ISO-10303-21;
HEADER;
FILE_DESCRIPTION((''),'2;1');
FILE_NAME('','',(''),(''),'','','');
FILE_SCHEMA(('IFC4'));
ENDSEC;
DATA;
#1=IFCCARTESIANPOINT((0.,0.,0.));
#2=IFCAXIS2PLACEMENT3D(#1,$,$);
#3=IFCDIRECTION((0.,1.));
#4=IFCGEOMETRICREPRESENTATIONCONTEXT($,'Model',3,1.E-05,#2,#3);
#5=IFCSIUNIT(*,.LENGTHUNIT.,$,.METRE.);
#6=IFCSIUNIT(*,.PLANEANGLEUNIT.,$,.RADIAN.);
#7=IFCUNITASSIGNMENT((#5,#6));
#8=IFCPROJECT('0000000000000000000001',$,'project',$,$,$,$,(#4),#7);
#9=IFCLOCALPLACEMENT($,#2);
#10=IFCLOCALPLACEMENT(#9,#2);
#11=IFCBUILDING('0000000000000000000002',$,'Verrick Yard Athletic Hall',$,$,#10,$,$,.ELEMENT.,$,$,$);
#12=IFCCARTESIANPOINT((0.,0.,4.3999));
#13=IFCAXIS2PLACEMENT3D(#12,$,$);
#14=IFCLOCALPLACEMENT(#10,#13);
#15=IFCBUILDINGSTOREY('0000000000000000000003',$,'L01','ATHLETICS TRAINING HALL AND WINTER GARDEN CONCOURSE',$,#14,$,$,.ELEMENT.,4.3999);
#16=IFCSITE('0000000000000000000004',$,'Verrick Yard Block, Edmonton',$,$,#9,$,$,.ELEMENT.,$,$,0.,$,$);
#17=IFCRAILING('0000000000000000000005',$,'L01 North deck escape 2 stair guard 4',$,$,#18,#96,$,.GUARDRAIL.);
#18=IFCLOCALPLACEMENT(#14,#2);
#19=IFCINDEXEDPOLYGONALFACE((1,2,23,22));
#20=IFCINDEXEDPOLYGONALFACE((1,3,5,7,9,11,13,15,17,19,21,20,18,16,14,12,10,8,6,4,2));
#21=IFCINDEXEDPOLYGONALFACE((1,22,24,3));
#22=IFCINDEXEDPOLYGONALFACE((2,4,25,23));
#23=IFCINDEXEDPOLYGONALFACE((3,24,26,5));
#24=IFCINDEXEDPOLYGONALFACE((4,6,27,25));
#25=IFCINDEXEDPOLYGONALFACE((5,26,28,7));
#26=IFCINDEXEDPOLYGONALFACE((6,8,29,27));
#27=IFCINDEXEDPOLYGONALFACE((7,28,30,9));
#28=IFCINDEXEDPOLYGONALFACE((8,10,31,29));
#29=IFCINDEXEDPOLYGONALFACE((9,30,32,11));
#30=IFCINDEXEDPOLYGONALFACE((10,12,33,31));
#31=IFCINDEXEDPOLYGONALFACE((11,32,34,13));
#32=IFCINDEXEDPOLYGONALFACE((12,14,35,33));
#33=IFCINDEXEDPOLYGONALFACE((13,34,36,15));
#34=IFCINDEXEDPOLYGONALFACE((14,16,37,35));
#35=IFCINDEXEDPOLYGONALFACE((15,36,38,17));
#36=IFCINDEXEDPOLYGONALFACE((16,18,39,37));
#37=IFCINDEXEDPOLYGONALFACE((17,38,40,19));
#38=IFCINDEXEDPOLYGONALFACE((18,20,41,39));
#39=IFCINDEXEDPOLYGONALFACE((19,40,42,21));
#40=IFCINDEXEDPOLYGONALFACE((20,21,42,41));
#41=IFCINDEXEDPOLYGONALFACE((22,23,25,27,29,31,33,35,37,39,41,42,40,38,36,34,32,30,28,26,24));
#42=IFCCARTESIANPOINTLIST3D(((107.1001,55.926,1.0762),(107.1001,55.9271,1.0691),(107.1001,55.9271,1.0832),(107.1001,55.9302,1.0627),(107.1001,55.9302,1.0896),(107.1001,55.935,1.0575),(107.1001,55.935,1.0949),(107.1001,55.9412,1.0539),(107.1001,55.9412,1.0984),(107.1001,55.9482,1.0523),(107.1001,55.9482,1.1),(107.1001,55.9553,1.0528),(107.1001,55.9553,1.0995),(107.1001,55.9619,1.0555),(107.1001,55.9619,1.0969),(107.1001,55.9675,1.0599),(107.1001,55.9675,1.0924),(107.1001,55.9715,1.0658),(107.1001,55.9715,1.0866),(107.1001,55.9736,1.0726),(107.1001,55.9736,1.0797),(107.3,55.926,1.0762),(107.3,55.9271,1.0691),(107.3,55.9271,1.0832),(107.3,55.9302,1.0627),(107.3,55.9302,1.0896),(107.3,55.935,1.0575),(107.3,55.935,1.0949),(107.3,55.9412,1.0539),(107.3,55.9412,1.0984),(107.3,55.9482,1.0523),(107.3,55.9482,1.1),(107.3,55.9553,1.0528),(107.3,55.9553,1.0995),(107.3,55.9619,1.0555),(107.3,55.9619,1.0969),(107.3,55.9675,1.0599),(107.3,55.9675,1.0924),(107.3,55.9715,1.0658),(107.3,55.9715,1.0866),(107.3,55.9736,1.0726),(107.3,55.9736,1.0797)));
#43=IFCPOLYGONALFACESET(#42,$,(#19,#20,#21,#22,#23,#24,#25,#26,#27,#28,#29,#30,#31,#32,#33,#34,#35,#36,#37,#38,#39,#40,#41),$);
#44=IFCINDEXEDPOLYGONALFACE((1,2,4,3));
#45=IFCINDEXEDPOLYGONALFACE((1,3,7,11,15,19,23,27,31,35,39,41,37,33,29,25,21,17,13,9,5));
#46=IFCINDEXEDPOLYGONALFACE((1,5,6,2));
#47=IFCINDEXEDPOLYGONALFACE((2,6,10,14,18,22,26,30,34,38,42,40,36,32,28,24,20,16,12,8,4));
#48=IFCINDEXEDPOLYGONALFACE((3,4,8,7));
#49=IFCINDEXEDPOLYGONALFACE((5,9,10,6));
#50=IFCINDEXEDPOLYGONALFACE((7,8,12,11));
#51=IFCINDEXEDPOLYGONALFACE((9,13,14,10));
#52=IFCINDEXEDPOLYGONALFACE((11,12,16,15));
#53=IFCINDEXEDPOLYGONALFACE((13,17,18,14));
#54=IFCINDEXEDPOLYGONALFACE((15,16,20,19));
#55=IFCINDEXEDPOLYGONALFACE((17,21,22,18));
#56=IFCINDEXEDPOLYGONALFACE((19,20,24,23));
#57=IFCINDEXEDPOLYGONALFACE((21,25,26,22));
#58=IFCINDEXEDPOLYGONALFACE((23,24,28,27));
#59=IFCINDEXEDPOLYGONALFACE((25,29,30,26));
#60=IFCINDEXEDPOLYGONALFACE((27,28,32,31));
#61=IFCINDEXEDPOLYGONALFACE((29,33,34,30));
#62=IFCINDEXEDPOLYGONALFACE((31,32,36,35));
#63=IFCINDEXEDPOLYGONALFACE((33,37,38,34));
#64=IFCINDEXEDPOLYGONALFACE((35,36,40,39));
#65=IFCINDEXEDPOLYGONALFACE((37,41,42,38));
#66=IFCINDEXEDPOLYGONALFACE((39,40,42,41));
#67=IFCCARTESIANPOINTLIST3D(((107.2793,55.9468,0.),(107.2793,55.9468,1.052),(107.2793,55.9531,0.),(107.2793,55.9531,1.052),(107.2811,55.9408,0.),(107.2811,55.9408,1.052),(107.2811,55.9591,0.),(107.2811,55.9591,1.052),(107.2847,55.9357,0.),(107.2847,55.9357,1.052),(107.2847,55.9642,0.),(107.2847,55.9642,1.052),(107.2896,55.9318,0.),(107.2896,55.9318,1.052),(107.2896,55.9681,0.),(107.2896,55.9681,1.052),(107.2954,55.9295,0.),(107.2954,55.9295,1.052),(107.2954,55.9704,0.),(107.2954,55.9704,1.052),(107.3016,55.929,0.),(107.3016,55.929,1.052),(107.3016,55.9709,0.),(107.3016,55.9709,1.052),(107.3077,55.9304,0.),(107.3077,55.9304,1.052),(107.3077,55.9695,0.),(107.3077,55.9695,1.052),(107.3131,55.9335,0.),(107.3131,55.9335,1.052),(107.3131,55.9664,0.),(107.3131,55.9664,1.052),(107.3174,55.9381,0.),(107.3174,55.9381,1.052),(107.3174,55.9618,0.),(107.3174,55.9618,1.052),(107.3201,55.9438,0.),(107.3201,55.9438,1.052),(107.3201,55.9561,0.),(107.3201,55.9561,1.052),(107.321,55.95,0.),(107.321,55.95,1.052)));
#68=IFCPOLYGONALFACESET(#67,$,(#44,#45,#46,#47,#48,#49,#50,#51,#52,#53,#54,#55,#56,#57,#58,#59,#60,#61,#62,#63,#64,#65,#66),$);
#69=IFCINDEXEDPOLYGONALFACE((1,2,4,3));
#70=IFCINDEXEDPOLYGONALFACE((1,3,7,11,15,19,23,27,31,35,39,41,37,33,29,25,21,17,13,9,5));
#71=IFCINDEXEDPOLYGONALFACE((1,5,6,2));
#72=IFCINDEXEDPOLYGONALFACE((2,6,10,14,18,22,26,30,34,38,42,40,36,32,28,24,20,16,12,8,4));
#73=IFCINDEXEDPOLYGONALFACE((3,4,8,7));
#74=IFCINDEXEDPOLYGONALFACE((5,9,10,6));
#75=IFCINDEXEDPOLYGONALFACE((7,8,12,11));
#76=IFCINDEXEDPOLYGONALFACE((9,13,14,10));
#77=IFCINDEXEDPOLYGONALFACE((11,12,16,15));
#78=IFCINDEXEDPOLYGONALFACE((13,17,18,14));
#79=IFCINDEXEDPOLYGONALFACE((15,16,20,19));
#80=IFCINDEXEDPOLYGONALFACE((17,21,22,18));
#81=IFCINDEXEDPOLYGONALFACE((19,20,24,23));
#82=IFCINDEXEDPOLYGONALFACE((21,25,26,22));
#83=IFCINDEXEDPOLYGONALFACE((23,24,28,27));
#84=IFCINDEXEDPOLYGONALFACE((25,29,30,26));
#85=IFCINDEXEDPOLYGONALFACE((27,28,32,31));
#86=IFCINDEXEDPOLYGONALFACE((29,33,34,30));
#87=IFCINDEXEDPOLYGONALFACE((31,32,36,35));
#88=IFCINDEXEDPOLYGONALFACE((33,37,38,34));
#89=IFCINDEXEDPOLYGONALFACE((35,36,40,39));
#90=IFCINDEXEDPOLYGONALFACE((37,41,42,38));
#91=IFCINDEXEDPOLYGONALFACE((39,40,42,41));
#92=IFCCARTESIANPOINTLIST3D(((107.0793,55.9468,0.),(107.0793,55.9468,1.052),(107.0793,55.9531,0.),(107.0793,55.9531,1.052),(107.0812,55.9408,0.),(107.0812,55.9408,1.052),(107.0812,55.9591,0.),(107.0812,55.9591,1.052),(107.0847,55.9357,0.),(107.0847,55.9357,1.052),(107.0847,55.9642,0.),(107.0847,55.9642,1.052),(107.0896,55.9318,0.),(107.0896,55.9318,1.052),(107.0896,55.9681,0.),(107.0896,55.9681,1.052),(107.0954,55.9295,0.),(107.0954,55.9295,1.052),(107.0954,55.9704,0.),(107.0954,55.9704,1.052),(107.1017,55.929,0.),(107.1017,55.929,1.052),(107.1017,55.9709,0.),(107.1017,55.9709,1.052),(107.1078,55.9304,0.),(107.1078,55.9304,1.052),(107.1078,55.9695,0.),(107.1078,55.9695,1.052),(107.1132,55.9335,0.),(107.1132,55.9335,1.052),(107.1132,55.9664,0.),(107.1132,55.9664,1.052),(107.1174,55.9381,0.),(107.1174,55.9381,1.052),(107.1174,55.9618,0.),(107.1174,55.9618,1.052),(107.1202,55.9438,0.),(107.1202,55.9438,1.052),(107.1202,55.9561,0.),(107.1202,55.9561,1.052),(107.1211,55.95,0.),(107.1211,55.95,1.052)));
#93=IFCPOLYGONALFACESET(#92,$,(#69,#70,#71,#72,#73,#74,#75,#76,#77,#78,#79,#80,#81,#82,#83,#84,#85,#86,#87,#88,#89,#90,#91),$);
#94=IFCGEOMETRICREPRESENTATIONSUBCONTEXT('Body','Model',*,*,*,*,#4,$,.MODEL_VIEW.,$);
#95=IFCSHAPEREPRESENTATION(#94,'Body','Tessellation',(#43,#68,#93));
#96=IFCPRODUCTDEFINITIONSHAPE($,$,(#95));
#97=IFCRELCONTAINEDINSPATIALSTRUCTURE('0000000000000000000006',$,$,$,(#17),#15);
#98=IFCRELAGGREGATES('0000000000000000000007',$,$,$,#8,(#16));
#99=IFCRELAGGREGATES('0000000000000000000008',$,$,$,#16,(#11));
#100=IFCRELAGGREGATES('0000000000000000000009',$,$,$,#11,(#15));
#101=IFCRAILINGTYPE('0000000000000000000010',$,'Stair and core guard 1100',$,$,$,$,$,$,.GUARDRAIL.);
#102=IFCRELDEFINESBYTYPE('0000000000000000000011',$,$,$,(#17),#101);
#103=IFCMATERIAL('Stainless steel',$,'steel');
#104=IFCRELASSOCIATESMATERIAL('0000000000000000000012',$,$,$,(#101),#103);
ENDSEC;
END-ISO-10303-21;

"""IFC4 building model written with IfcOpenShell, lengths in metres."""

from ifc_helpers import new_model, si_unit, direction, frame, origin, origin_2d, place, context, subcontext, project, spatial, circle, extrude, material, type_object, element, save


model = new_model("IFC4")

# Units and contexts
model_context = context("Model", 3, precision=1e-05, world=origin(), true_north=direction((0.0, 1.0)))
body_context = subcontext(model_context, "Body", "Model", "MODEL_VIEW")
ifc_project = project(units=[si_unit("LENGTHUNIT", "METRE"), si_unit("PLANEANGLEUNIT", "RADIAN")], contexts=[model_context])

# Site, building, storey
site_placement = place(None, origin())
site = spatial("IfcSite", under=ifc_project, at=site_placement, Name="Verrick Yard Block, Edmonton", CompositionType="ELEMENT", RefElevation=0.0)
building_placement = place(site_placement, origin())
building = spatial("IfcBuilding", under=site, at=building_placement, Name="Verrick Yard Athletic Hall", CompositionType="ELEMENT")
storey_placement = place(building_placement, frame((0.0, 0.0, 4.3999)))
storey = spatial("IfcBuildingStorey", under=building, at=storey_placement, Name="L01", Description="ATHLETICS TRAINING HALL AND WINTER GARDEN CONCOURSE", CompositionType="ELEMENT", Elevation=4.3999)

# Railing
ifc_material_1 = material(Name="Stainless steel", Category="steel")
railing_type_1 = type_object("IfcRailingType", Name="Stair and core guard 1100", PredefinedType="GUARDRAIL", material=ifc_material_1)
railing_1_placement = place(storey_placement, frame((107.3, 55.95, 0.0)))
element("IfcRailing", 1, at=railing_1_placement, inside=storey, type_object=railing_type_1, Name="L01 North deck escape 2 stair guard 4", PredefinedType="GUARDRAIL", context=body_context, shape_type="SweptSolid", body=[
    extrude(circle(Radius=0.0239, at=origin_2d()), frame((0.0, 0.0, 1.0762), z_axis=(-1.0, 0.0, 0.0), x_axis=(0.0, -1.0, 0.0)), (0.0, 0.0, 1.0), 0.2),
    extrude(circle(Radius=0.021, at=origin_2d()), origin(), (0.0, 0.0, 1.0), 1.052),
    extrude(circle(Radius=0.021, at=origin_2d()), frame((-0.2, 0.0, 0.0)), (0.0, 0.0, 1.0), 1.052),
])

save(model, "model.ifc")
